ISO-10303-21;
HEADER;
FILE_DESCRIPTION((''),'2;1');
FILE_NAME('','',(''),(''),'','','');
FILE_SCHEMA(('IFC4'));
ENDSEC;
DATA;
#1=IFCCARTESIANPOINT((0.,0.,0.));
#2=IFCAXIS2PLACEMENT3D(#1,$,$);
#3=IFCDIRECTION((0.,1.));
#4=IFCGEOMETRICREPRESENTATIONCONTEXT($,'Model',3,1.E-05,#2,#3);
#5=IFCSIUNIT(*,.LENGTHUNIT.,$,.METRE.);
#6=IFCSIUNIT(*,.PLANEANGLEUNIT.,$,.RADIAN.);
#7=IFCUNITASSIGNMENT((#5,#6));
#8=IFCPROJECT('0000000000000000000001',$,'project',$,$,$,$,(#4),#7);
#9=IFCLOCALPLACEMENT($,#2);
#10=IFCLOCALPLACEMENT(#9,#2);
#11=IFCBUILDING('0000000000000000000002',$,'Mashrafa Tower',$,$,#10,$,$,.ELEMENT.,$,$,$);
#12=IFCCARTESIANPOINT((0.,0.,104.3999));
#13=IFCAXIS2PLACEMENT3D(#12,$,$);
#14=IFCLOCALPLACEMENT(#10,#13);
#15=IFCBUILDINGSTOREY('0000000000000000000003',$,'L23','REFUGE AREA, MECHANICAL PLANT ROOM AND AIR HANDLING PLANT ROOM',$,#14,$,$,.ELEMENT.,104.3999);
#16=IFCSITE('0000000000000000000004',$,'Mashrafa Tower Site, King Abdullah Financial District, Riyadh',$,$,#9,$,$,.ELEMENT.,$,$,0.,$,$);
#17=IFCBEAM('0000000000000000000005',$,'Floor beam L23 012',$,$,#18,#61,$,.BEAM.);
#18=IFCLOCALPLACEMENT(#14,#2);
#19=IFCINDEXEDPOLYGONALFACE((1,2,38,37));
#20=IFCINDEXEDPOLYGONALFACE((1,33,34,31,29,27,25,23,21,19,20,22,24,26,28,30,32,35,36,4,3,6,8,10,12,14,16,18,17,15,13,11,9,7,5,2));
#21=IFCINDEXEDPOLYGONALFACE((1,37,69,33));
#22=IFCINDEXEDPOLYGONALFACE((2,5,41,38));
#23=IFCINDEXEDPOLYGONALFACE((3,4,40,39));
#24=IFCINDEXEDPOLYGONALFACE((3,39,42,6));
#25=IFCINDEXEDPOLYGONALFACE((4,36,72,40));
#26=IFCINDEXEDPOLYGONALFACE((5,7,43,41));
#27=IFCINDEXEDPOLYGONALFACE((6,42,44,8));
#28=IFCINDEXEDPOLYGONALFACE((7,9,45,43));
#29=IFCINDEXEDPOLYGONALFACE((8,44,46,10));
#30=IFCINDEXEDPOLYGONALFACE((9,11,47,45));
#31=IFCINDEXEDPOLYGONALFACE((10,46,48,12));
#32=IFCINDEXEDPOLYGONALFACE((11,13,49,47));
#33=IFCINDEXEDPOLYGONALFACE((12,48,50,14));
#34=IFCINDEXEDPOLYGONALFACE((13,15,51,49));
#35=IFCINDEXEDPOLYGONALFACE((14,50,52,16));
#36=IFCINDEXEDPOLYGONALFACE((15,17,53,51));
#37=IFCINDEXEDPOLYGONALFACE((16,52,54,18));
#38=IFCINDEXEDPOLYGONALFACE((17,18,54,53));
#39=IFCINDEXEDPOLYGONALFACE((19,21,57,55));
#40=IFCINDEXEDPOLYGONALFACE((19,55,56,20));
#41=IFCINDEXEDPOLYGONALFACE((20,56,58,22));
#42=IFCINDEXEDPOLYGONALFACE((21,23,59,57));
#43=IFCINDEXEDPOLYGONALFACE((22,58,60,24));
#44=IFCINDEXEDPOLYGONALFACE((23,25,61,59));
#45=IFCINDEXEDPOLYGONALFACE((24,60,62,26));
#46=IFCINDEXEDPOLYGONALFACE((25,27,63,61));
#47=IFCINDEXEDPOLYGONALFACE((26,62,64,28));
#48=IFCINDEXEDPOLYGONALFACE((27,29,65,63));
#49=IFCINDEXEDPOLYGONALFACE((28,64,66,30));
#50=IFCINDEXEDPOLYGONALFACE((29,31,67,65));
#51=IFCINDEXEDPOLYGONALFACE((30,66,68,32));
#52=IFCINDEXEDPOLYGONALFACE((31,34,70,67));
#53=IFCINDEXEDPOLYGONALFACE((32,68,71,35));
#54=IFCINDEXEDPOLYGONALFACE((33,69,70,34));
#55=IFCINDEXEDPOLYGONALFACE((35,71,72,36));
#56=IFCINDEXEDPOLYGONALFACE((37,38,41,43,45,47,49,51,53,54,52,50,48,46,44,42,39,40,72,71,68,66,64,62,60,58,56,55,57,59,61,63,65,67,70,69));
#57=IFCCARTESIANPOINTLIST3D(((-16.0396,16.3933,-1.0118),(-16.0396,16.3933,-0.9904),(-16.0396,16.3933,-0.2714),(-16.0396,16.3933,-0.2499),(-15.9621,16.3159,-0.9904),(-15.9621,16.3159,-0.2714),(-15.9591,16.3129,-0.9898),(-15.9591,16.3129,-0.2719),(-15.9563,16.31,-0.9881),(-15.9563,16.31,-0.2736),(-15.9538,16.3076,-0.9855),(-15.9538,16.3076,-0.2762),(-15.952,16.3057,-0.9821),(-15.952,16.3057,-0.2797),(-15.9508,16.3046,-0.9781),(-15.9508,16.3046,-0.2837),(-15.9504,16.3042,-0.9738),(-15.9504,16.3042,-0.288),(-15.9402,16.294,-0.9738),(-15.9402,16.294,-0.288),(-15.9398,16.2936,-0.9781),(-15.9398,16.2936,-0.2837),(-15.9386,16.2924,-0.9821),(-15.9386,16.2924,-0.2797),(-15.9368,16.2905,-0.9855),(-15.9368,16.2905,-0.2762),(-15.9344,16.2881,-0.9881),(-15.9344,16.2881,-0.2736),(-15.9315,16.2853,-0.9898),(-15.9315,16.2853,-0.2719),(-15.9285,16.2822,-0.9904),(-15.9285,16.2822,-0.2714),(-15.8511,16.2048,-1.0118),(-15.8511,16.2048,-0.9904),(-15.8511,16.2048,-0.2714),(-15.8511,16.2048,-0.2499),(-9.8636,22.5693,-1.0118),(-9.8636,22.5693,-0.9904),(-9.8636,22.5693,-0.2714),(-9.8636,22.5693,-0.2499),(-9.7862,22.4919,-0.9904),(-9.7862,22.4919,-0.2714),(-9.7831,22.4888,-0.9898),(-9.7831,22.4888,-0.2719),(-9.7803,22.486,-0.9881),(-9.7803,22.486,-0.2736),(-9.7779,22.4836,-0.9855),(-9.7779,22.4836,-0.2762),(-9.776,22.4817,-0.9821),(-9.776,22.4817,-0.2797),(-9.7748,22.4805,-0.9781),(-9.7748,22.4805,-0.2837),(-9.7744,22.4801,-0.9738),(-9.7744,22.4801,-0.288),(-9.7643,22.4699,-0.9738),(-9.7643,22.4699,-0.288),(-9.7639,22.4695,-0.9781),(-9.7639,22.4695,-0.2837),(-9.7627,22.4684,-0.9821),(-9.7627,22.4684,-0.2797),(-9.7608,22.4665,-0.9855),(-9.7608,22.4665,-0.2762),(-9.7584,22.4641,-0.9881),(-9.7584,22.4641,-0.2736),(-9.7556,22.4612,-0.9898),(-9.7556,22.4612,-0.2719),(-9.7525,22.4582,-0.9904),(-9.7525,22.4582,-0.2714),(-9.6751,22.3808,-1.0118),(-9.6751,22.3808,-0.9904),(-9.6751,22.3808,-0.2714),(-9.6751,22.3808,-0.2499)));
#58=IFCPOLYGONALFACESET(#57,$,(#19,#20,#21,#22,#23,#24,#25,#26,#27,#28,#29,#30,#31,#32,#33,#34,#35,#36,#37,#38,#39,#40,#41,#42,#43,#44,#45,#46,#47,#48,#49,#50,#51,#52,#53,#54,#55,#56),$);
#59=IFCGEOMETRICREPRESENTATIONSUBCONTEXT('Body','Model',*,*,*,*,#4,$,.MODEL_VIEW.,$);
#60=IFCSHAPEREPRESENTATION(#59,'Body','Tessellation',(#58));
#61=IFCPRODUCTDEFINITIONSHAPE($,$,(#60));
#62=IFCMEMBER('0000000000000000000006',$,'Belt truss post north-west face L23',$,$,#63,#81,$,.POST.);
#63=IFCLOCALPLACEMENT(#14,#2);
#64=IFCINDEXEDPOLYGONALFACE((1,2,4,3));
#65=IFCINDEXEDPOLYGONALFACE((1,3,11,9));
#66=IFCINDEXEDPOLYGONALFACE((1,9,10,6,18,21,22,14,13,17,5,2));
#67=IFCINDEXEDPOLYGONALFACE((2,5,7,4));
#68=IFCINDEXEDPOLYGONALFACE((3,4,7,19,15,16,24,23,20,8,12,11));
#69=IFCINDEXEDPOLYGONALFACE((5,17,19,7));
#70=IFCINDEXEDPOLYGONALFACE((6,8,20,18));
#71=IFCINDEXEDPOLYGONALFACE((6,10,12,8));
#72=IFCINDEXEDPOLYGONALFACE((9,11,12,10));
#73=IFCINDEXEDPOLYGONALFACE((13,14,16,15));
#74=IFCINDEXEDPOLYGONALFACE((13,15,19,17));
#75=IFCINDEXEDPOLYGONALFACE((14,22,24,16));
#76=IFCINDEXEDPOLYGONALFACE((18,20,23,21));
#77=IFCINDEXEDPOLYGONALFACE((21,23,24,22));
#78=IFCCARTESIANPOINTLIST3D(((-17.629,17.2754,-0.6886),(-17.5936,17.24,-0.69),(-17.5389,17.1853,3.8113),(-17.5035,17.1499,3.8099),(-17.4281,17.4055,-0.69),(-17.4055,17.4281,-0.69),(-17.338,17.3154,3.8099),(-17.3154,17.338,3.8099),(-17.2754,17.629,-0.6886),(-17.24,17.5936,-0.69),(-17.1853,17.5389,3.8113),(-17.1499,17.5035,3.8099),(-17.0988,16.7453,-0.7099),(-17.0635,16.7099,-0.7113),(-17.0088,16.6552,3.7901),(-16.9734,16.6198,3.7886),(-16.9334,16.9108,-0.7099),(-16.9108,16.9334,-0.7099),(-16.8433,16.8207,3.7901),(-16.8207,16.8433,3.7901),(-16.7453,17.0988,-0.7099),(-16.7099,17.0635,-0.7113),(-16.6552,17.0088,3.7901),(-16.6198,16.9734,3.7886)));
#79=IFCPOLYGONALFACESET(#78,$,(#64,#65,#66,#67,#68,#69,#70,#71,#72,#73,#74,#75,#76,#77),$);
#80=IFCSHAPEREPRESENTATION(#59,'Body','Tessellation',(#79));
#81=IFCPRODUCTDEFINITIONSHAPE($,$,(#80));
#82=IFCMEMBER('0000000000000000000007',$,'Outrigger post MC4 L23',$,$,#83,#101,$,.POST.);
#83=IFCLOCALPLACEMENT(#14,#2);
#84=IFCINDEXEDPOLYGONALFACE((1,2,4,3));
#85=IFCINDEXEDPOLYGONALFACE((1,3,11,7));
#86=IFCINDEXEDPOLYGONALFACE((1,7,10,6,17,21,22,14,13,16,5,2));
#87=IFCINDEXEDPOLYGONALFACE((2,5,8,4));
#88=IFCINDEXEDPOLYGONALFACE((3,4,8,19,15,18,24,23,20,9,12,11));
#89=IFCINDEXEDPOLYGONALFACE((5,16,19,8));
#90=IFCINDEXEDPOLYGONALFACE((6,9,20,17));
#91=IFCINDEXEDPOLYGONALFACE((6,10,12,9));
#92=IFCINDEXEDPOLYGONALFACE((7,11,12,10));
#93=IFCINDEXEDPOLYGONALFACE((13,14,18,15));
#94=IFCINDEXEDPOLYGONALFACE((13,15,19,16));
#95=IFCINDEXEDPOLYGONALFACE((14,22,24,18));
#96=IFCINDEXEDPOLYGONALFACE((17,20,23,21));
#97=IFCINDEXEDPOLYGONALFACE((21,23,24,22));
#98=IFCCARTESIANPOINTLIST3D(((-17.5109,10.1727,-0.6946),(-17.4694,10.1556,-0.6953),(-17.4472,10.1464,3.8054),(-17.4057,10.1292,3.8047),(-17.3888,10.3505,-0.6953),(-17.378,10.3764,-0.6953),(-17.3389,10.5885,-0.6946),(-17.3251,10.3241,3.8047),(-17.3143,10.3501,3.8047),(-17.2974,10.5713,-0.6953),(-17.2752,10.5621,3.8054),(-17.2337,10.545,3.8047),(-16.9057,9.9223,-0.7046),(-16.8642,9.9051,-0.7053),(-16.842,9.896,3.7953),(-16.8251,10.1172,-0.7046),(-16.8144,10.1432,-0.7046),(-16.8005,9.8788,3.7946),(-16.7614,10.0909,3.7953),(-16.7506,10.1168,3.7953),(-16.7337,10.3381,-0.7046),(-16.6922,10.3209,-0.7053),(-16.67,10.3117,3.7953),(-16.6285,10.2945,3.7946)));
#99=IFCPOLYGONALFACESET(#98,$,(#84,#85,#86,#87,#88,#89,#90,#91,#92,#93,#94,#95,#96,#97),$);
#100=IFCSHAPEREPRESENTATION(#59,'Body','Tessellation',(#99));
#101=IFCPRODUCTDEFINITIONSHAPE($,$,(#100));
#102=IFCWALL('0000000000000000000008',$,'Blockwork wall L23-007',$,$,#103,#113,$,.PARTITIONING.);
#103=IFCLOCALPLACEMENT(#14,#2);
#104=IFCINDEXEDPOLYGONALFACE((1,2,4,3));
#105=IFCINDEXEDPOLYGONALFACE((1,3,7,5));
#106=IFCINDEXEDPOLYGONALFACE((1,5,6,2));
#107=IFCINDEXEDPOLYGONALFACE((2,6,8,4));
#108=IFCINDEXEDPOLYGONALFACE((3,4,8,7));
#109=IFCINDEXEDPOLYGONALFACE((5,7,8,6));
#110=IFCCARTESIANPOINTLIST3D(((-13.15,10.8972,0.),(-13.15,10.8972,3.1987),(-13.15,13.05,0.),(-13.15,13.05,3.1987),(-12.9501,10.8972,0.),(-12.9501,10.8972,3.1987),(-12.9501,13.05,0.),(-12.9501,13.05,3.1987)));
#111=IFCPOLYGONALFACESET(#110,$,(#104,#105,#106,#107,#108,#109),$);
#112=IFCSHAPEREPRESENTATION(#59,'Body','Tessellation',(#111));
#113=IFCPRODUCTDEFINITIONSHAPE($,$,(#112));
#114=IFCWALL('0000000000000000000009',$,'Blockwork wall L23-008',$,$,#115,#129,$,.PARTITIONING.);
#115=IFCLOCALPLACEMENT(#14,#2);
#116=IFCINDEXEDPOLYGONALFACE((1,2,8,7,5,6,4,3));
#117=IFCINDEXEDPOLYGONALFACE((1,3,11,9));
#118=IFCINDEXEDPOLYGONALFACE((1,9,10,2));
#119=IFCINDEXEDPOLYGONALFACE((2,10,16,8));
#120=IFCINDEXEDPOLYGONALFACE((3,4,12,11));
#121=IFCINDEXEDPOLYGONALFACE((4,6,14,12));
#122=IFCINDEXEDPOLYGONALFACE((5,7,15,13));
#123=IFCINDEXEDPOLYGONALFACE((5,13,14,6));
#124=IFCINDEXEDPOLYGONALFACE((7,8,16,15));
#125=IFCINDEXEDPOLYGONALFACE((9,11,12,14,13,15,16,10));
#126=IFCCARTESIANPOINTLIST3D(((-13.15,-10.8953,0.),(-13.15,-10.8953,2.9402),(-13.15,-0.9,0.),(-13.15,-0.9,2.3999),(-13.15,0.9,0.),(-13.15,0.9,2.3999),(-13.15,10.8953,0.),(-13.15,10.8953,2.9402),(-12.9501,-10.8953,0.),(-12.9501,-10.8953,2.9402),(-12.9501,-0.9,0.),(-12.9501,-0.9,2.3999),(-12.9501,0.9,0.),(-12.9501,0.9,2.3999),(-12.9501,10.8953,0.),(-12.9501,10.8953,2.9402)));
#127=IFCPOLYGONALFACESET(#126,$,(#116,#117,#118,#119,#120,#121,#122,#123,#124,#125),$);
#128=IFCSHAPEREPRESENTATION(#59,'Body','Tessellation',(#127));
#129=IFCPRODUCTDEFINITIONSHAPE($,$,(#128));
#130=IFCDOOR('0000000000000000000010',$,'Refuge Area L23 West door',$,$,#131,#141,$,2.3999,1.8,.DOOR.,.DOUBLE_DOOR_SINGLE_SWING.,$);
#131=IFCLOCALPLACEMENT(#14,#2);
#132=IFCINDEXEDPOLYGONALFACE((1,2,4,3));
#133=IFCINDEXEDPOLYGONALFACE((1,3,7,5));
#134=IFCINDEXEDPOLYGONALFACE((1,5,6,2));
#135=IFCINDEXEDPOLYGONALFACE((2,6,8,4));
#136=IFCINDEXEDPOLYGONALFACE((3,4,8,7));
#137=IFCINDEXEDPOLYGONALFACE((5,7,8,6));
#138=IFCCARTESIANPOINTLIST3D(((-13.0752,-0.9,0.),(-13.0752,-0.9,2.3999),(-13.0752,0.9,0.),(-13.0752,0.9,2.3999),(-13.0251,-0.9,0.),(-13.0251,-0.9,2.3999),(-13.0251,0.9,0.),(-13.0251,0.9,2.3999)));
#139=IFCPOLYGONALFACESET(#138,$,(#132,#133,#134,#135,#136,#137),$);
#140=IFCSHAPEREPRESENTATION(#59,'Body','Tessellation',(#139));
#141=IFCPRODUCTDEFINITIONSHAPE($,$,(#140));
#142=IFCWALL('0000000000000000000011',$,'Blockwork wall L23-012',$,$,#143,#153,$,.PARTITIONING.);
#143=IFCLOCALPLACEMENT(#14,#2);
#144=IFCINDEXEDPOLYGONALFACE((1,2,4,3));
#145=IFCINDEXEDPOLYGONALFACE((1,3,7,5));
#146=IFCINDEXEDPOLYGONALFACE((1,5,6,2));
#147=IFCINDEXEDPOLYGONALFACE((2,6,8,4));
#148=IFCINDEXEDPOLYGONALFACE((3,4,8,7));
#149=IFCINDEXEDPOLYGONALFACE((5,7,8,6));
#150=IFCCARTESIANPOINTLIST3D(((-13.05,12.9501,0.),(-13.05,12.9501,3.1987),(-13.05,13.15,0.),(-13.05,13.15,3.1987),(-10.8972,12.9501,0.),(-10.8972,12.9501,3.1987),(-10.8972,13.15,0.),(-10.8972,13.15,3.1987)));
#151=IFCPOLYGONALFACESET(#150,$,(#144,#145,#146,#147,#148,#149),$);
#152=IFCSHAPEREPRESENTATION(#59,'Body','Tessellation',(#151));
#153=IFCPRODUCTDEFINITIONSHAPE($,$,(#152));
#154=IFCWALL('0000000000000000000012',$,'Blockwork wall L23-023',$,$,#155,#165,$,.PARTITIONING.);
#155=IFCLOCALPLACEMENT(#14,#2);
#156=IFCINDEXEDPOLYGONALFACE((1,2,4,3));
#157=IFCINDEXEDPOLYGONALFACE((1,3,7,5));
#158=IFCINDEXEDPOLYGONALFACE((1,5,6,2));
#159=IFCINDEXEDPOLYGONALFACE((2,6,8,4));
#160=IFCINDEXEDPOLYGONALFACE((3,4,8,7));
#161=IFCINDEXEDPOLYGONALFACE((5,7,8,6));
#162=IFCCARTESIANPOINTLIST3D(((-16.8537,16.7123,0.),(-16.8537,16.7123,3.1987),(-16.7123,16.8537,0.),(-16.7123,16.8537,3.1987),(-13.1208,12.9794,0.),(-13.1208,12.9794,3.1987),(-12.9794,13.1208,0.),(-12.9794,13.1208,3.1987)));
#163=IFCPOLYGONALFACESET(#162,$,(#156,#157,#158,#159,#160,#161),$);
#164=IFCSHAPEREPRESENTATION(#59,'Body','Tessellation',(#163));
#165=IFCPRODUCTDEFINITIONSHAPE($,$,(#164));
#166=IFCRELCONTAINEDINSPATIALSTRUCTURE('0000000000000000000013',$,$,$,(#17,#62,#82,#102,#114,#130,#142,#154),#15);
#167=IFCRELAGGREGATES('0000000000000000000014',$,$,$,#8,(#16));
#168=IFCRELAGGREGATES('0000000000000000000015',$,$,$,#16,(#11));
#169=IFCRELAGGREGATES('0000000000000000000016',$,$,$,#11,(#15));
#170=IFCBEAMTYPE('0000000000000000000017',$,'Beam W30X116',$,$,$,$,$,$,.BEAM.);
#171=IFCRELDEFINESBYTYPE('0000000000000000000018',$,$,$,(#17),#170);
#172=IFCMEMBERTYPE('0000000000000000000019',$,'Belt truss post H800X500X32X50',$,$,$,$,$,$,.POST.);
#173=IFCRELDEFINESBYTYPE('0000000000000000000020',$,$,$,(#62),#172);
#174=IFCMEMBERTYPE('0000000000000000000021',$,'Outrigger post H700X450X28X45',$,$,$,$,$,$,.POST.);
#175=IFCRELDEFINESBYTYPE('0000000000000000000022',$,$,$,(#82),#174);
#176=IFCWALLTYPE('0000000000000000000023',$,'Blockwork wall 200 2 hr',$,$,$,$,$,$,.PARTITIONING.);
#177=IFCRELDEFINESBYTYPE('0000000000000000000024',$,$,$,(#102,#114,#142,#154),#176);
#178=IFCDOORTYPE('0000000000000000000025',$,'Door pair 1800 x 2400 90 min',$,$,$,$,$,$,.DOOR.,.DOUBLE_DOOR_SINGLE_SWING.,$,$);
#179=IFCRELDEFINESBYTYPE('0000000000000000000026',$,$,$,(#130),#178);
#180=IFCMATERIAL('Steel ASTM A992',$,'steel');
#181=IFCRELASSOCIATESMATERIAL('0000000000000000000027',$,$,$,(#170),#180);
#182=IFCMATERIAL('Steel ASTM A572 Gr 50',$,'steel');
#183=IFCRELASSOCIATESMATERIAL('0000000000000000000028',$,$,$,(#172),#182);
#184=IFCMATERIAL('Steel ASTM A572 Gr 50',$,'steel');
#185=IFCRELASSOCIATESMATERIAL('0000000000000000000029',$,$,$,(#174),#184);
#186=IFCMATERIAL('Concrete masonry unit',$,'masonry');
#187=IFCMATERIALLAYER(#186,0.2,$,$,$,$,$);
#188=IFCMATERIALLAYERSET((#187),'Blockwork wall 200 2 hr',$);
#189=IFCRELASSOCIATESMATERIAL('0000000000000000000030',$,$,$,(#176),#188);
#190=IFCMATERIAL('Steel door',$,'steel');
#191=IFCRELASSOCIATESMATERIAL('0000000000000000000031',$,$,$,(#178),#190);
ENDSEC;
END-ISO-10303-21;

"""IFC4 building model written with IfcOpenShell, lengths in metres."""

from ifc_helpers import new_model, si_unit, direction, frame, frame_2d, origin, origin_2d, place, context, subcontext, project, spatial, rectangle, i_section, extrude, source, transform, mapped, material, layer, layer_set, material_profile, profile_set, type_object, type_shapes, element, fill, save


model = new_model("IFC4")

# Units and contexts
model_context = context("Model", 3, precision=1e-05, world=origin(), true_north=direction((0.0, 1.0)))
body_context = subcontext(model_context, "Body", "Model", "MODEL_VIEW")
ifc_project = project(units=[si_unit("LENGTHUNIT", "METRE"), si_unit("PLANEANGLEUNIT", "RADIAN")], contexts=[model_context])

# Site, building, storey
site_placement = place(None, origin())
site = spatial("IfcSite", under=ifc_project, at=site_placement, Name="Mashrafa Tower Site, King Abdullah Financial District, Riyadh", CompositionType="ELEMENT", RefElevation=0.0)
building_placement = place(site_placement, origin())
building = spatial("IfcBuilding", under=site, at=building_placement, Name="Mashrafa Tower", CompositionType="ELEMENT")
storey_placement = place(building_placement, frame((0.0, 0.0, 104.3999)))
storey = spatial("IfcBuildingStorey", under=building, at=storey_placement, Name="L23", Description="REFUGE AREA, MECHANICAL PLANT ROOM AND AIR HANDLING PLANT ROOM", CompositionType="ELEMENT", Elevation=104.3999)

# Beam
ifc_material_1 = material(Name="Steel ASTM A992", Category="steel")
ifc_material_profile_1 = material_profile(ifc_material_1, i_section(OverallWidth=0.2666, OverallDepth=0.762, WebThickness=0.0144, FlangeThickness=0.0215, FilletRadius=0.0166, at=origin_2d()), Name="W30X116")
ifc_profile_set_1 = profile_set([ifc_material_profile_1], Name="Steel ASTM A992")
beam_type_1 = type_object("IfcBeamType", Name="Beam W30X116", PredefinedType="BEAM", material=ifc_profile_set_1)
beam_1_placement = place(storey_placement, frame((-15.9453, 16.2991, -0.6309), z_axis=(0.707107, 0.707107, 0.0), x_axis=(-0.707107, 0.707107, 0.0)))
element("IfcBeam", 1, at=beam_1_placement, inside=storey, type_object=beam_type_1, Name="Floor beam L23 012", PredefinedType="BEAM", context=body_context, shape_type="SweptSolid", body=[
    extrude(i_section(OverallWidth=0.2666, OverallDepth=0.762, WebThickness=0.0144, FlangeThickness=0.0215, FilletRadius=0.0166, at=origin_2d()), origin(), (0.0, 0.0, 1.0), 8.7341),
])

# Members
ifc_material_2 = material(Name="Steel ASTM A572 Gr 50", Category="steel")
ifc_material_profile_2 = material_profile(ifc_material_2, i_section(OverallWidth=0.5, OverallDepth=0.8, WebThickness=0.032, FlangeThickness=0.05, at=origin_2d()), Name="H800X500X32X50")
ifc_profile_set_2 = profile_set([ifc_material_profile_2], Name="Steel ASTM A572 Gr 50")
member_type_1 = type_object("IfcMemberType", Name="Belt truss post H800X500X32X50", PredefinedType="POST", material=ifc_profile_set_2)
shared_shape_1 = source(origin(), body_context, "Body", "SweptSolid", [
    extrude(i_section(OverallWidth=0.5, OverallDepth=0.8, WebThickness=0.032, FlangeThickness=0.05, at=origin_2d()), origin(), (0.0, 0.0, 1.0), 4.5017),
])
type_shapes(member_type_1, [shared_shape_1])
member_1_placement = place(storey_placement, frame((-17.1694, 17.1694, -0.7), z_axis=(0.020012, -0.020012, 0.999599), x_axis=(0.707107, 0.707107, 0.0)))
element("IfcMember", 2, at=member_1_placement, inside=storey, type_object=member_type_1, Name="Belt truss post north-west face L23", PredefinedType="POST", context=body_context, shape_type="MappedRepresentation", body=[
    mapped(shared_shape_1, transform((0.0, 0.0, 0.0))),
])
ifc_material_3 = material(Name="Steel ASTM A572 Gr 50", Category="steel")
ifc_material_profile_3 = material_profile(ifc_material_3, i_section(OverallWidth=0.45, OverallDepth=0.7, WebThickness=0.0281, FlangeThickness=0.0449, at=origin_2d()), Name="H700X450X28X45")
ifc_profile_set_3 = profile_set([ifc_material_profile_3], Name="Steel ASTM A572 Gr 50")
member_type_2 = type_object("IfcMemberType", Name="Outrigger post H700X450X28X45", PredefinedType="POST", material=ifc_profile_set_3)
shared_shape_2 = source(origin(), body_context, "Body", "SweptSolid", [
    extrude(i_section(OverallWidth=0.45, OverallDepth=0.7, WebThickness=0.0281, FlangeThickness=0.0449, at=origin_2d()), origin(), (0.0, 0.0, 1.0), 4.5005),
])
type_shapes(member_type_2, [shared_shape_2])
member_2_placement = place(storey_placement, frame((-17.1016, 10.2468, -0.7), z_axis=(0.014158, -0.005859, 0.999883), x_axis=(0.382352, 0.924017, 0.0)))
element("IfcMember", 3, at=member_2_placement, inside=storey, type_object=member_type_2, Name="Outrigger post MC4 L23", PredefinedType="POST", context=body_context, shape_type="MappedRepresentation", body=[
    mapped(shared_shape_2, transform((0.0, 0.0, 0.0))),
])

# Wall
ifc_material_4 = material(Name="Concrete masonry unit", Category="masonry")
ifc_layer_1 = layer(ifc_material_4, 0.2)
ifc_layer_set_1 = layer_set([ifc_layer_1], Name="Blockwork wall 200 2 hr")
wall_type_1 = type_object("IfcWallType", Name="Blockwork wall 200 2 hr", PredefinedType="PARTITIONING", material=ifc_layer_set_1)
wall_1_placement = place(storey_placement, frame((-13.05, 13.05, 0.0), z_axis=(0.0, 0.0, 1.0), x_axis=(0.0, -1.0, 0.0)))
element("IfcWall", 4, at=wall_1_placement, inside=storey, type_object=wall_type_1, Name="Blockwork wall L23-007", PredefinedType="PARTITIONING", context=body_context, shape_type="SweptSolid", body=[
    extrude(rectangle(XDim=2.1528, YDim=0.2, at=frame_2d((1.0764, 0.0))), origin(), (0.0, 0.0, 1.0), 3.1987),
])

# Wall, opening, door
wall_2_placement = place(storey_placement, frame((-13.05, 10.8953, 0.0), z_axis=(0.0, 0.0, 1.0), x_axis=(0.0, -1.0, 0.0)))
wall_2 = element("IfcWall", 5, at=wall_2_placement, inside=storey, type_object=wall_type_1, Name="Blockwork wall L23-008", PredefinedType="PARTITIONING", context=body_context, shape_type="SweptSolid", body=[
    extrude(rectangle(XDim=21.7905, YDim=0.2, at=frame_2d((10.8953, 0.0))), origin(), (0.0, 0.0, 1.0), 2.9402),
])
opening_1_placement = place(wall_2_placement, frame((9.9954, 0.0, 0.0)))
opening_1 = element("IfcOpeningElement", 6, at=opening_1_placement, cuts=wall_2, PredefinedType="OPENING", context=body_context, shape_type="SweptSolid", body=[
    extrude(rectangle(XDim=1.8, YDim=2.3999, at=frame_2d((0.8999, 1.2))), frame((0.0, 0.1099, 0.0), z_axis=(0.0, -1.0, 0.0), x_axis=(1.0, 0.0, 0.0)), (0.0, 0.0, 1.0), 0.22),
])
ifc_material_5 = material(Name="Steel door", Category="steel")
door_type_1 = type_object("IfcDoorType", Name="Door pair 1800 x 2400 90 min", OperationType="DOUBLE_DOOR_SINGLE_SWING", PredefinedType="DOOR", material=ifc_material_5)
door_1_placement = place(opening_1_placement, origin())
door_1 = element("IfcDoor", 7, at=door_1_placement, inside=storey, type_object=door_type_1, Name="Refuge Area L23 West door", OperationType="DOUBLE_DOOR_SINGLE_SWING", OverallHeight=2.3999, OverallWidth=1.8, PredefinedType="DOOR", context=body_context, shape_type="SweptSolid", body=[
    extrude(rectangle(XDim=1.8, YDim=2.3999, at=frame_2d((0.8999, 1.2))), frame((0.0, 0.0249, 0.0), z_axis=(0.0, -1.0, 0.0), x_axis=(1.0, 0.0, 0.0)), (0.0, 0.0, 1.0), 0.05),
])
fill(opening_1, door_1)

# Walls
wall_3_placement = place(storey_placement, frame((-10.8972, 13.05, 0.0), z_axis=(0.0, 0.0, 1.0), x_axis=(-1.0, 0.0, 0.0)))
element("IfcWall", 8, at=wall_3_placement, inside=storey, type_object=wall_type_1, Name="Blockwork wall L23-012", PredefinedType="PARTITIONING", context=body_context, shape_type="SweptSolid", body=[
    extrude(rectangle(XDim=2.1528, YDim=0.2, at=frame_2d((1.0764, 0.0))), origin(), (0.0, 0.0, 1.0), 3.1987),
])
wall_4_placement = place(storey_placement, frame((-13.05, 13.05, 0.0), z_axis=(0.0, 0.0, 1.0), x_axis=(-0.707107, 0.707107, 0.0)))
element("IfcWall", 9, at=wall_4_placement, inside=storey, type_object=wall_type_1, Name="Blockwork wall L23-023", PredefinedType="PARTITIONING", context=body_context, shape_type="SweptSolid", body=[
    extrude(rectangle(XDim=5.2791, YDim=0.2, at=frame_2d((2.6396, 0.0))), origin(), (0.0, 0.0, 1.0), 3.1987),
])

save(model, "model.ifc")
